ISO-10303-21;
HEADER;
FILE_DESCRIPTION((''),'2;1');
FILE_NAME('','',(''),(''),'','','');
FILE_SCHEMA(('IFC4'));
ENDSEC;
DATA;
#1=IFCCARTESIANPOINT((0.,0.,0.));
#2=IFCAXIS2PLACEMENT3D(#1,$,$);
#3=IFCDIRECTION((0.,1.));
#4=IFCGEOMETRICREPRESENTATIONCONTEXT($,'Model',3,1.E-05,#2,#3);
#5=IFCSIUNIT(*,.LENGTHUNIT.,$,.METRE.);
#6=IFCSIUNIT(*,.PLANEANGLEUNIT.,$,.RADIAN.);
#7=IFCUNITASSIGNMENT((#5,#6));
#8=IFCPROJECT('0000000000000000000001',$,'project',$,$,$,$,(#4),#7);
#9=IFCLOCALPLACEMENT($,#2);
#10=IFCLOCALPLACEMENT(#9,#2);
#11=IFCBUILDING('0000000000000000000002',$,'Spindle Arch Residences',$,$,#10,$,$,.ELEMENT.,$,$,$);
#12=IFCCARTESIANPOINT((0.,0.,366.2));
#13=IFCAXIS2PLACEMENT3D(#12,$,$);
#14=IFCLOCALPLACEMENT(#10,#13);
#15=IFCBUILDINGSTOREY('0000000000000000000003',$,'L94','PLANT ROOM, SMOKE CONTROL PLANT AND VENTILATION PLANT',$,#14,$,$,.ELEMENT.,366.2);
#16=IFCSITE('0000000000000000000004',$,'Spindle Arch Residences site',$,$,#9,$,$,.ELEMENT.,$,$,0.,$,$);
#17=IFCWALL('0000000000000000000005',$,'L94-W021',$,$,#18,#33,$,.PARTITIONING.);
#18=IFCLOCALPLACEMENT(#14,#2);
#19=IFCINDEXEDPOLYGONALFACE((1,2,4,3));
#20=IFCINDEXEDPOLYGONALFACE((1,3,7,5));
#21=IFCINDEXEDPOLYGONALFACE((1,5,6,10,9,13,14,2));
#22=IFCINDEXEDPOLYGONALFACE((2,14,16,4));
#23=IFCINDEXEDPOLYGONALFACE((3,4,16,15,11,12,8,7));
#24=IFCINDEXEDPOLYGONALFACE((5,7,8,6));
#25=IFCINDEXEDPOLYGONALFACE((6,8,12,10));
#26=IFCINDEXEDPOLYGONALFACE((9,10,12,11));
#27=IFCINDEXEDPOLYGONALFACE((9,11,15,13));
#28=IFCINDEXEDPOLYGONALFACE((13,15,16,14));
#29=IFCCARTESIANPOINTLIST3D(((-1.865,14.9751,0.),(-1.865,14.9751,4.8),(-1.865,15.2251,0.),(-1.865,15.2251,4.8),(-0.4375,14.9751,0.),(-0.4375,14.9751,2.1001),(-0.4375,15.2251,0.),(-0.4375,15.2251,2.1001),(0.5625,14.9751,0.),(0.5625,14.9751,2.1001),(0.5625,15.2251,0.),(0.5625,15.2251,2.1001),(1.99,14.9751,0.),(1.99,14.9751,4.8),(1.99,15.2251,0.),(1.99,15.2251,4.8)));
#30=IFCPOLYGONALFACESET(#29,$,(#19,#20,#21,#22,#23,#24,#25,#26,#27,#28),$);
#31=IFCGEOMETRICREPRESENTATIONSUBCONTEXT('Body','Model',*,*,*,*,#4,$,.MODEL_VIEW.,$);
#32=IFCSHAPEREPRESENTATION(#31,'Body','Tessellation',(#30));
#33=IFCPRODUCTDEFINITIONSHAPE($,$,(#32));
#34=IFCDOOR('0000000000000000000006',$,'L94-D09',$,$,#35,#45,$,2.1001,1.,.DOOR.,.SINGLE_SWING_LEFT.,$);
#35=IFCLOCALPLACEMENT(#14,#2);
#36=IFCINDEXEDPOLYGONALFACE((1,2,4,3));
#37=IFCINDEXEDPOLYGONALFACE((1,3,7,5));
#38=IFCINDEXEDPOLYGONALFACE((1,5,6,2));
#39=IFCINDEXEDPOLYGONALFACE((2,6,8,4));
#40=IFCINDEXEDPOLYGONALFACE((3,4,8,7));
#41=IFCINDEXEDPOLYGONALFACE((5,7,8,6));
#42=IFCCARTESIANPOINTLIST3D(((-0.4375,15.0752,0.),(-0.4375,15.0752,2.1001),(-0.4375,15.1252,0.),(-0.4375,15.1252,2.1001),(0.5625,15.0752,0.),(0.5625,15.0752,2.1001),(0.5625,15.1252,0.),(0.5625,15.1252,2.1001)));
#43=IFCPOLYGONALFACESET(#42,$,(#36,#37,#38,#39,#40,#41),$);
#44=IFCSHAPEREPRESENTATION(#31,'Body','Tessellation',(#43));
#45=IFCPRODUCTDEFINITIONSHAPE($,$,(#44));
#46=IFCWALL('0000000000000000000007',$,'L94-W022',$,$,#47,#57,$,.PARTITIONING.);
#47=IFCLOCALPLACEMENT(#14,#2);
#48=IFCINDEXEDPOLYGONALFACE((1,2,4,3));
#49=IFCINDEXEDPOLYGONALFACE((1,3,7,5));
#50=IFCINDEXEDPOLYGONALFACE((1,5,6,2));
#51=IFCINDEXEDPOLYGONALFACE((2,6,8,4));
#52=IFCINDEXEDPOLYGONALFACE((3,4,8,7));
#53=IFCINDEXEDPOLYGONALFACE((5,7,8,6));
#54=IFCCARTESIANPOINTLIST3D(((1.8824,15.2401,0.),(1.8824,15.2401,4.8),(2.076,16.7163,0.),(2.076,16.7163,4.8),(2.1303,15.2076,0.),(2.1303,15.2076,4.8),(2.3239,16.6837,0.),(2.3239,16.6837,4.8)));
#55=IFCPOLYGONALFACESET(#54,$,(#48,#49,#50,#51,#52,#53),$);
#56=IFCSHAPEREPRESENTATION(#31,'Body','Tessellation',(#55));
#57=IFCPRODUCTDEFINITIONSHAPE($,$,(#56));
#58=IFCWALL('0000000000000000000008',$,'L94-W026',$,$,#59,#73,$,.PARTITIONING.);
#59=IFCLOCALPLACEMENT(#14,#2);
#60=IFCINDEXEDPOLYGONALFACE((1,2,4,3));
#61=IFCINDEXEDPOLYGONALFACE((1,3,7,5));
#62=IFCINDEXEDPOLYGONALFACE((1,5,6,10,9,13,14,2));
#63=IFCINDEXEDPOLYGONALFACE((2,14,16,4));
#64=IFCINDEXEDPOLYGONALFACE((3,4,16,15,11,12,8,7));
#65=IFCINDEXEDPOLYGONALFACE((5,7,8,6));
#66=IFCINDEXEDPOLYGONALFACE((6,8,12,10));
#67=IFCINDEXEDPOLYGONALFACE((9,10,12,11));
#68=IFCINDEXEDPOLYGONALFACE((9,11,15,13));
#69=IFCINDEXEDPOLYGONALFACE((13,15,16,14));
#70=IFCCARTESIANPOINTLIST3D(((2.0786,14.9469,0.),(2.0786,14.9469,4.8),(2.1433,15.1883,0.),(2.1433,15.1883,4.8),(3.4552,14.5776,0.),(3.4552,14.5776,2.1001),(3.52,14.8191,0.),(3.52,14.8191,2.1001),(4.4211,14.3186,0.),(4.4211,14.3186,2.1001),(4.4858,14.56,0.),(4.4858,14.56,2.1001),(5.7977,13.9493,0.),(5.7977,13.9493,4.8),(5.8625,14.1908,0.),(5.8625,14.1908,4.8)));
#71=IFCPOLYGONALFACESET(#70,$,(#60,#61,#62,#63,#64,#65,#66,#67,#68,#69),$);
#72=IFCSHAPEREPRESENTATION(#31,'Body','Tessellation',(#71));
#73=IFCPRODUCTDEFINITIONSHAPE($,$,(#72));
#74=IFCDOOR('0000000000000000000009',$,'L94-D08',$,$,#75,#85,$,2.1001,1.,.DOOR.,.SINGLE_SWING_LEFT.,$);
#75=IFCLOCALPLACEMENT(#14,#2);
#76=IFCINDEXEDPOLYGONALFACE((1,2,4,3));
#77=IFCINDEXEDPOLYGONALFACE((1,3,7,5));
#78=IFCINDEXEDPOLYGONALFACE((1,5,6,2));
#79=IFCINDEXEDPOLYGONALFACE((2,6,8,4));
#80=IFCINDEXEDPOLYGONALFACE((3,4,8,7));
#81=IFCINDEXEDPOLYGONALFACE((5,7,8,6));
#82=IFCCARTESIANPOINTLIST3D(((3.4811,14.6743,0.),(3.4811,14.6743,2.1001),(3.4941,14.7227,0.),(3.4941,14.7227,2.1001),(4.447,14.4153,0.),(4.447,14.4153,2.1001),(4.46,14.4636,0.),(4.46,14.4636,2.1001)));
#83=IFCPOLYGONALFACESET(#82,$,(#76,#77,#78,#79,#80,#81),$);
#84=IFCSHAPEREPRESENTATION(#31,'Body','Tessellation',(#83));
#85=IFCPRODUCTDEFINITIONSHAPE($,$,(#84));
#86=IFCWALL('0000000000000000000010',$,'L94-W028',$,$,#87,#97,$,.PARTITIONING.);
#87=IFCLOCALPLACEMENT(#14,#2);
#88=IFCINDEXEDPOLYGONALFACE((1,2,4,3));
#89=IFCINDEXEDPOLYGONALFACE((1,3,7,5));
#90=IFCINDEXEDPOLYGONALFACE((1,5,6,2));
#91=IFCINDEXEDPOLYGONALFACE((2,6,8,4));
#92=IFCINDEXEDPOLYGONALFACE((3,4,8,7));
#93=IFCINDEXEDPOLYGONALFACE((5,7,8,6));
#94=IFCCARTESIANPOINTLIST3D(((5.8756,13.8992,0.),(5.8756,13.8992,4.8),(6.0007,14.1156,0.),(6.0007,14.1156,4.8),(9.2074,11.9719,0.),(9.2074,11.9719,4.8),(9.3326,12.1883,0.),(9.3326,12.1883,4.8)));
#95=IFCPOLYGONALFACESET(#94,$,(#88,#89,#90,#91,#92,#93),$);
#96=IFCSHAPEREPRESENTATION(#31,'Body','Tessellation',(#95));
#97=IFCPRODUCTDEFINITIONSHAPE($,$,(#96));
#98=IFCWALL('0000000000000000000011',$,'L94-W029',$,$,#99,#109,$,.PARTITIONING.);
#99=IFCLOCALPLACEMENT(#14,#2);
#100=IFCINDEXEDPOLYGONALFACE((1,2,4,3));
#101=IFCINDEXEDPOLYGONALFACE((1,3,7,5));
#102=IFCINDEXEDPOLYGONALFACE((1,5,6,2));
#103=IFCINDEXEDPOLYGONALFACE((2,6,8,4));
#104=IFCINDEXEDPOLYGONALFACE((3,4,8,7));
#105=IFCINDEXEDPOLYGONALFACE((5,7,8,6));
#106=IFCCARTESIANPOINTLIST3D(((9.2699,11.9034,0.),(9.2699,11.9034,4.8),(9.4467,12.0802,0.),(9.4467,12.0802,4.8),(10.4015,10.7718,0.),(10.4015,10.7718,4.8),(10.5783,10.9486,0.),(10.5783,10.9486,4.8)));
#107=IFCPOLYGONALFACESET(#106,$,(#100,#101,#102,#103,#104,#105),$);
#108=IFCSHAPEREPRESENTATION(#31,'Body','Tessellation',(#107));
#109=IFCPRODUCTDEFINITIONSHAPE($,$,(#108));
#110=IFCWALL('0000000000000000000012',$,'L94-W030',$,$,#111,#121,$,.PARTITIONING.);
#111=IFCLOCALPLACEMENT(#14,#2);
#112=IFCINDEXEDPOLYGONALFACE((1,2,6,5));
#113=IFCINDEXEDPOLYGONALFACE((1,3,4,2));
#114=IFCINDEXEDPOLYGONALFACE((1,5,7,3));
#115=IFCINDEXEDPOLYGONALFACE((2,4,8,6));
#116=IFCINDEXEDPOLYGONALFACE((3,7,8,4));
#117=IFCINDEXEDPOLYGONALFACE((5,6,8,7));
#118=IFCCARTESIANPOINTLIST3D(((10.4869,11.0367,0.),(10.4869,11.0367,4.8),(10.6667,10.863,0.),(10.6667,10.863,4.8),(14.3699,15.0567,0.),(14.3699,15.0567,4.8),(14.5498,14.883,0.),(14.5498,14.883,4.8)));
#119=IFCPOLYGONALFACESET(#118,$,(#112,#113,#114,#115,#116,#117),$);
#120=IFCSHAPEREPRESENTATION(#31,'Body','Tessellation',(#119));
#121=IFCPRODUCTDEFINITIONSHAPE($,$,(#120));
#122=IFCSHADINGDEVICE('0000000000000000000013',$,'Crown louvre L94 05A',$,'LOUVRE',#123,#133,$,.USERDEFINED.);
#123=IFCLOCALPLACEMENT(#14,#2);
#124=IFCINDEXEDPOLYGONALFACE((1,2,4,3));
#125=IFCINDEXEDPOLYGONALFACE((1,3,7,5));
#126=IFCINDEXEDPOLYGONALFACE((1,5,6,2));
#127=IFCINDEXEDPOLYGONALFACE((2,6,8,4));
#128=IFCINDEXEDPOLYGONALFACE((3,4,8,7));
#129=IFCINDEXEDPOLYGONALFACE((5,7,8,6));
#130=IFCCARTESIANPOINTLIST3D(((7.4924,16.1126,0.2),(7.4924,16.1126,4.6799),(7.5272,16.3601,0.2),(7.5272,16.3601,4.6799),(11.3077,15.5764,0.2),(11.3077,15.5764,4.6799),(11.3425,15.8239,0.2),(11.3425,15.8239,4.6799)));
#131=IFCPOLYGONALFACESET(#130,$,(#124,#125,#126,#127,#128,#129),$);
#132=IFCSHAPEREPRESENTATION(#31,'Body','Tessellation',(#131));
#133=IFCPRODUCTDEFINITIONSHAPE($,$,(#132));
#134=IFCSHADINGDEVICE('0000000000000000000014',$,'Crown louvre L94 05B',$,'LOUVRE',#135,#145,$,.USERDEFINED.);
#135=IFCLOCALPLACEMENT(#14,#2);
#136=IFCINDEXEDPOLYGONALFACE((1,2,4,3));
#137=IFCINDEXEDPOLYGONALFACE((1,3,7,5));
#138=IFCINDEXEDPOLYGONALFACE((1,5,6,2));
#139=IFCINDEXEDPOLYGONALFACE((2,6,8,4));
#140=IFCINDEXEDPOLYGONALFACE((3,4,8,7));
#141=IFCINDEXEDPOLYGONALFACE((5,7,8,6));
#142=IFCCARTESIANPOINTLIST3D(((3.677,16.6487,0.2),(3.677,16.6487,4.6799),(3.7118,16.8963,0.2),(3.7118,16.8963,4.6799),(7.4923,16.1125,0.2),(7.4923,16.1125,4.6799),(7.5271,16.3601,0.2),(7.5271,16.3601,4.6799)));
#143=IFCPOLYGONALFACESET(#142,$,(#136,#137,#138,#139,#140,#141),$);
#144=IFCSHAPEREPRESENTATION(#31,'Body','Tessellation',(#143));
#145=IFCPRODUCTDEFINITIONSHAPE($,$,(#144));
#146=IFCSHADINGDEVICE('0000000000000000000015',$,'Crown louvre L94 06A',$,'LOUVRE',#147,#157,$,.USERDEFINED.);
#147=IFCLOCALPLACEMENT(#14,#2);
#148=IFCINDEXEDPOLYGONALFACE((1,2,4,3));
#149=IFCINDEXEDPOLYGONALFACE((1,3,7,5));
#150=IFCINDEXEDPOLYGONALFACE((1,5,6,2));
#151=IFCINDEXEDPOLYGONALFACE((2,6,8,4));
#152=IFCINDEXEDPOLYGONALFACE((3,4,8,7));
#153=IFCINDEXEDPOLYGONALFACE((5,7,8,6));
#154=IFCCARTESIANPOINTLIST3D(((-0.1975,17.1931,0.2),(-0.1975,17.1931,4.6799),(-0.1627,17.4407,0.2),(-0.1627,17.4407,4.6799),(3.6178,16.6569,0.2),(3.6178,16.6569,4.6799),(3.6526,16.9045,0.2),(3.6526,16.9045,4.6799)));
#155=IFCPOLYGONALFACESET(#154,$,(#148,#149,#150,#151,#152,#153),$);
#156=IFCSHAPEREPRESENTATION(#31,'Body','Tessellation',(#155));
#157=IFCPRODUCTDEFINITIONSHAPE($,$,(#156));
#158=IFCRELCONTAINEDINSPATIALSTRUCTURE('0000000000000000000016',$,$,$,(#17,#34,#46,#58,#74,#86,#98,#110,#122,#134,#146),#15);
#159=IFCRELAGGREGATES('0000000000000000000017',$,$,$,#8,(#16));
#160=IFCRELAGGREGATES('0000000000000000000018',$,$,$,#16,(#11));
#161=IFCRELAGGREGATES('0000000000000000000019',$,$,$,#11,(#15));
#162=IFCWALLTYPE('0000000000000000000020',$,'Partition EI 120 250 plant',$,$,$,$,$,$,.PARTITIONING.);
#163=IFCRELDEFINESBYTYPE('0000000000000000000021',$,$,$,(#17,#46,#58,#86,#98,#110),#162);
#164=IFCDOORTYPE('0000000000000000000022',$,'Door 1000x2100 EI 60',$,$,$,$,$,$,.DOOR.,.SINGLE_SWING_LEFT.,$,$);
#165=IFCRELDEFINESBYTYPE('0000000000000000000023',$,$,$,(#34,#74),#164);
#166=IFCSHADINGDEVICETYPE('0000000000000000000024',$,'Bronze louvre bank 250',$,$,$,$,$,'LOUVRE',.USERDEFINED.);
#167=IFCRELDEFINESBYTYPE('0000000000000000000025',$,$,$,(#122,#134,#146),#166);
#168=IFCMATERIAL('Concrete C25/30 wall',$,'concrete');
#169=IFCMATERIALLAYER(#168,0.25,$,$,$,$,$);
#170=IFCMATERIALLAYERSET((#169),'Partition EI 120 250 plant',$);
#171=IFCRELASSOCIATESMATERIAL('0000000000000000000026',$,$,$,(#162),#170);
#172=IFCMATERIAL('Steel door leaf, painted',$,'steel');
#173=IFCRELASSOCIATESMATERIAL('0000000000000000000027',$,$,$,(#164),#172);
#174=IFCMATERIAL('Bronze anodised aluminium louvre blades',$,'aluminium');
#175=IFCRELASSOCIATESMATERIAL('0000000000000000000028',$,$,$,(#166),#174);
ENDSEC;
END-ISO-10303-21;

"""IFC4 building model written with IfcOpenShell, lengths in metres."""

from ifc_helpers import new_model, si_unit, direction, frame, frame_2d, origin, origin_2d, place, context, subcontext, project, spatial, rectangle, extrude, material, layer, layer_set, type_object, element, fill, save


model = new_model("IFC4")

# Units and contexts
model_context = context("Model", 3, precision=1e-05, world=origin(), true_north=direction((0.0, 1.0)))
body_context = subcontext(model_context, "Body", "Model", "MODEL_VIEW")
ifc_project = project(units=[si_unit("LENGTHUNIT", "METRE"), si_unit("PLANEANGLEUNIT", "RADIAN")], contexts=[model_context])

# Site, building, storey
site_placement = place(None, origin())
site = spatial("IfcSite", under=ifc_project, at=site_placement, Name="Spindle Arch Residences site", CompositionType="ELEMENT", RefElevation=0.0)
building_placement = place(site_placement, origin())
building = spatial("IfcBuilding", under=site, at=building_placement, Name="Spindle Arch Residences", CompositionType="ELEMENT")
storey_placement = place(building_placement, frame((0.0, 0.0, 366.2)))
storey = spatial("IfcBuildingStorey", under=building, at=storey_placement, Name="L94", Description="PLANT ROOM, SMOKE CONTROL PLANT AND VENTILATION PLANT", CompositionType="ELEMENT", Elevation=366.2)

# Wall, opening, door
ifc_material_1 = material(Name="Concrete C25/30 wall", Category="concrete")
ifc_layer_1 = layer(ifc_material_1, 0.25)
ifc_layer_set_1 = layer_set([ifc_layer_1], Name="Partition EI 120 250 plant")
wall_type_1 = type_object("IfcWallType", Name="Partition EI 120 250 plant", PredefinedType="PARTITIONING", material=ifc_layer_set_1)
wall_1_placement = place(storey_placement, frame((1.99, 15.1001, 0.0), z_axis=(0.0, 0.0, 1.0), x_axis=(-1.0, 0.0, 0.0)))
wall_1 = element("IfcWall", 1, at=wall_1_placement, inside=storey, type_object=wall_type_1, Name="L94-W021", PredefinedType="PARTITIONING", context=body_context, shape_type="SweptSolid", body=[
    extrude(rectangle(XDim=3.855, YDim=0.25, at=frame_2d((1.9275, 0.0))), origin(), (0.0, 0.0, 1.0), 4.8),
])
opening_1_placement = place(wall_1_placement, frame((1.4275, 0.0, 0.0)))
opening_1 = element("IfcOpeningElement", 2, at=opening_1_placement, cuts=wall_1, PredefinedType="OPENING", context=body_context, shape_type="SweptSolid", body=[
    extrude(rectangle(XDim=1.0, YDim=2.1001, at=frame_2d((0.5, 1.05))), frame((0.0, 0.135, 0.0), z_axis=(0.0, -1.0, 0.0), x_axis=(1.0, 0.0, 0.0)), (0.0, 0.0, 1.0), 0.27),
])
ifc_material_2 = material(Name="Steel door leaf, painted", Category="steel")
door_type_1 = type_object("IfcDoorType", Name="Door 1000x2100 EI 60", OperationType="SINGLE_SWING_LEFT", PredefinedType="DOOR", material=ifc_material_2)
door_1_placement = place(opening_1_placement, origin())
door_1 = element("IfcDoor", 3, at=door_1_placement, inside=storey, type_object=door_type_1, Name="L94-D09", OperationType="SINGLE_SWING_LEFT", OverallHeight=2.1001, OverallWidth=1.0, PredefinedType="DOOR", context=body_context, shape_type="SweptSolid", body=[
    extrude(rectangle(XDim=1.0, YDim=2.1001, at=frame_2d((0.5, 1.05))), frame((0.0, 0.0249, 0.0), z_axis=(0.0, -1.0, 0.0), x_axis=(1.0, 0.0, 0.0)), (0.0, 0.0, 1.0), 0.05),
])
fill(opening_1, door_1)

# Wall
wall_2_placement = place(storey_placement, frame((2.0063, 15.2239, 0.0), z_axis=(0.0, 0.0, 1.0), x_axis=(0.130047, 0.991508, 0.0)))
element("IfcWall", 4, at=wall_2_placement, inside=storey, type_object=wall_type_1, Name="L94-W022", PredefinedType="PARTITIONING", context=body_context, shape_type="SweptSolid", body=[
    extrude(rectangle(XDim=1.4888, YDim=0.25, at=frame_2d((0.7444, 0.0))), origin(), (0.0, 0.0, 1.0), 4.8),
])

# Wall, opening, door
wall_3_placement = place(storey_placement, frame((5.8301, 14.0701, 0.0), z_axis=(0.0, 0.0, 1.0), x_axis=(-0.965861, 0.259059, 0.0)))
wall_3 = element("IfcWall", 5, at=wall_3_placement, inside=storey, type_object=wall_type_1, Name="L94-W026", PredefinedType="PARTITIONING", context=body_context, shape_type="SweptSolid", body=[
    extrude(rectangle(XDim=3.8506, YDim=0.25, at=frame_2d((1.9253, 0.0))), origin(), (0.0, 0.0, 1.0), 4.8),
])
opening_2_placement = place(wall_3_placement, frame((1.4253, 0.0, 0.0)))
opening_2 = element("IfcOpeningElement", 6, at=opening_2_placement, cuts=wall_3, PredefinedType="OPENING", context=body_context, shape_type="SweptSolid", body=[
    extrude(rectangle(XDim=1.0, YDim=2.1001, at=frame_2d((0.5, 1.05))), frame((0.0, 0.135, 0.0), z_axis=(0.0, -1.0, 0.0), x_axis=(1.0, 0.0, 0.0)), (0.0, 0.0, 1.0), 0.27),
])
door_2_placement = place(opening_2_placement, origin())
door_2 = element("IfcDoor", 7, at=door_2_placement, inside=storey, type_object=door_type_1, Name="L94-D08", OperationType="SINGLE_SWING_LEFT", OverallHeight=2.1001, OverallWidth=1.0, PredefinedType="DOOR", context=body_context, shape_type="SweptSolid", body=[
    extrude(rectangle(XDim=1.0, YDim=2.1001, at=frame_2d((0.5, 1.05))), frame((0.0, 0.0249, 0.0), z_axis=(0.0, -1.0, 0.0), x_axis=(1.0, 0.0, 0.0)), (0.0, 0.0, 1.0), 0.05),
])
fill(opening_2, door_2)

# Walls
wall_4_placement = place(storey_placement, frame((9.27, 12.0801, 0.0), z_axis=(0.0, 0.0, 1.0), x_axis=(-0.865616, 0.500709, 0.0)))
element("IfcWall", 8, at=wall_4_placement, inside=storey, type_object=wall_type_1, Name="L94-W028", PredefinedType="PARTITIONING", context=body_context, shape_type="SweptSolid", body=[
    extrude(rectangle(XDim=3.8491, YDim=0.25, at=frame_2d((1.9246, 0.0))), origin(), (0.0, 0.0, 1.0), 4.8),
])
wall_5_placement = place(storey_placement, frame((10.49, 10.8601, 0.0), z_axis=(0.0, 0.0, 1.0), x_axis=(-0.707107, 0.707107, 0.0)))
element("IfcWall", 9, at=wall_5_placement, inside=storey, type_object=wall_type_1, Name="L94-W029", PredefinedType="PARTITIONING", context=body_context, shape_type="SweptSolid", body=[
    extrude(rectangle(XDim=1.6003, YDim=0.25, at=frame_2d((0.8003, 0.0))), origin(), (0.0, 0.0, 1.0), 4.8),
])
wall_6_placement = place(storey_placement, frame((10.5769, 10.95, 0.0), z_axis=(0.0, 0.0, 1.0), x_axis=(0.694748, 0.719253, 0.0)))
element("IfcWall", 10, at=wall_6_placement, inside=storey, type_object=wall_type_1, Name="L94-W030", PredefinedType="PARTITIONING", context=body_context, shape_type="SweptSolid", body=[
    extrude(rectangle(XDim=5.5891, YDim=0.25, at=frame_2d((2.7944, 0.0))), origin(), (0.0, 0.0, 1.0), 4.8),
])

# Shading devices
ifc_material_3 = material(Name="Bronze anodised aluminium louvre blades", Category="aluminium")
shading_device_type = type_object("IfcShadingDeviceType", Name="Bronze louvre bank 250", ElementType="LOUVRE", PredefinedType="USERDEFINED", material=ifc_material_3)
for number, where, z_axis, x_axis, name in (
    (11, (9.4175, 15.9683, 0.2), (0.0, 0.0, 1.0), (-0.990268, 0.139173, 0.0), "Crown louvre L94 05A"),
    (12, (5.6021, 16.5044, 0.2), (0.0, 0.0, 1.0), (-0.990268, 0.139173, 0.0), "Crown louvre L94 05B"),
    (13, (1.7275, 17.0488, 0.2), (0.0, 0.0, 1.0), (-0.990268, 0.139173, 0.0), "Crown louvre L94 06A"),
):
    element("IfcShadingDevice", number, at=place(storey_placement, frame(where, z_axis=z_axis, x_axis=x_axis)), inside=storey, type_object=shading_device_type, Name=name, ObjectType="LOUVRE", PredefinedType="USERDEFINED", context=body_context, shape_type="SweptSolid", body=[
        extrude(rectangle(XDim=3.8528, YDim=0.25, at=origin_2d()), origin(), (0.0, 0.0, 1.0), 4.48),
    ])

save(model, "model.ifc")
